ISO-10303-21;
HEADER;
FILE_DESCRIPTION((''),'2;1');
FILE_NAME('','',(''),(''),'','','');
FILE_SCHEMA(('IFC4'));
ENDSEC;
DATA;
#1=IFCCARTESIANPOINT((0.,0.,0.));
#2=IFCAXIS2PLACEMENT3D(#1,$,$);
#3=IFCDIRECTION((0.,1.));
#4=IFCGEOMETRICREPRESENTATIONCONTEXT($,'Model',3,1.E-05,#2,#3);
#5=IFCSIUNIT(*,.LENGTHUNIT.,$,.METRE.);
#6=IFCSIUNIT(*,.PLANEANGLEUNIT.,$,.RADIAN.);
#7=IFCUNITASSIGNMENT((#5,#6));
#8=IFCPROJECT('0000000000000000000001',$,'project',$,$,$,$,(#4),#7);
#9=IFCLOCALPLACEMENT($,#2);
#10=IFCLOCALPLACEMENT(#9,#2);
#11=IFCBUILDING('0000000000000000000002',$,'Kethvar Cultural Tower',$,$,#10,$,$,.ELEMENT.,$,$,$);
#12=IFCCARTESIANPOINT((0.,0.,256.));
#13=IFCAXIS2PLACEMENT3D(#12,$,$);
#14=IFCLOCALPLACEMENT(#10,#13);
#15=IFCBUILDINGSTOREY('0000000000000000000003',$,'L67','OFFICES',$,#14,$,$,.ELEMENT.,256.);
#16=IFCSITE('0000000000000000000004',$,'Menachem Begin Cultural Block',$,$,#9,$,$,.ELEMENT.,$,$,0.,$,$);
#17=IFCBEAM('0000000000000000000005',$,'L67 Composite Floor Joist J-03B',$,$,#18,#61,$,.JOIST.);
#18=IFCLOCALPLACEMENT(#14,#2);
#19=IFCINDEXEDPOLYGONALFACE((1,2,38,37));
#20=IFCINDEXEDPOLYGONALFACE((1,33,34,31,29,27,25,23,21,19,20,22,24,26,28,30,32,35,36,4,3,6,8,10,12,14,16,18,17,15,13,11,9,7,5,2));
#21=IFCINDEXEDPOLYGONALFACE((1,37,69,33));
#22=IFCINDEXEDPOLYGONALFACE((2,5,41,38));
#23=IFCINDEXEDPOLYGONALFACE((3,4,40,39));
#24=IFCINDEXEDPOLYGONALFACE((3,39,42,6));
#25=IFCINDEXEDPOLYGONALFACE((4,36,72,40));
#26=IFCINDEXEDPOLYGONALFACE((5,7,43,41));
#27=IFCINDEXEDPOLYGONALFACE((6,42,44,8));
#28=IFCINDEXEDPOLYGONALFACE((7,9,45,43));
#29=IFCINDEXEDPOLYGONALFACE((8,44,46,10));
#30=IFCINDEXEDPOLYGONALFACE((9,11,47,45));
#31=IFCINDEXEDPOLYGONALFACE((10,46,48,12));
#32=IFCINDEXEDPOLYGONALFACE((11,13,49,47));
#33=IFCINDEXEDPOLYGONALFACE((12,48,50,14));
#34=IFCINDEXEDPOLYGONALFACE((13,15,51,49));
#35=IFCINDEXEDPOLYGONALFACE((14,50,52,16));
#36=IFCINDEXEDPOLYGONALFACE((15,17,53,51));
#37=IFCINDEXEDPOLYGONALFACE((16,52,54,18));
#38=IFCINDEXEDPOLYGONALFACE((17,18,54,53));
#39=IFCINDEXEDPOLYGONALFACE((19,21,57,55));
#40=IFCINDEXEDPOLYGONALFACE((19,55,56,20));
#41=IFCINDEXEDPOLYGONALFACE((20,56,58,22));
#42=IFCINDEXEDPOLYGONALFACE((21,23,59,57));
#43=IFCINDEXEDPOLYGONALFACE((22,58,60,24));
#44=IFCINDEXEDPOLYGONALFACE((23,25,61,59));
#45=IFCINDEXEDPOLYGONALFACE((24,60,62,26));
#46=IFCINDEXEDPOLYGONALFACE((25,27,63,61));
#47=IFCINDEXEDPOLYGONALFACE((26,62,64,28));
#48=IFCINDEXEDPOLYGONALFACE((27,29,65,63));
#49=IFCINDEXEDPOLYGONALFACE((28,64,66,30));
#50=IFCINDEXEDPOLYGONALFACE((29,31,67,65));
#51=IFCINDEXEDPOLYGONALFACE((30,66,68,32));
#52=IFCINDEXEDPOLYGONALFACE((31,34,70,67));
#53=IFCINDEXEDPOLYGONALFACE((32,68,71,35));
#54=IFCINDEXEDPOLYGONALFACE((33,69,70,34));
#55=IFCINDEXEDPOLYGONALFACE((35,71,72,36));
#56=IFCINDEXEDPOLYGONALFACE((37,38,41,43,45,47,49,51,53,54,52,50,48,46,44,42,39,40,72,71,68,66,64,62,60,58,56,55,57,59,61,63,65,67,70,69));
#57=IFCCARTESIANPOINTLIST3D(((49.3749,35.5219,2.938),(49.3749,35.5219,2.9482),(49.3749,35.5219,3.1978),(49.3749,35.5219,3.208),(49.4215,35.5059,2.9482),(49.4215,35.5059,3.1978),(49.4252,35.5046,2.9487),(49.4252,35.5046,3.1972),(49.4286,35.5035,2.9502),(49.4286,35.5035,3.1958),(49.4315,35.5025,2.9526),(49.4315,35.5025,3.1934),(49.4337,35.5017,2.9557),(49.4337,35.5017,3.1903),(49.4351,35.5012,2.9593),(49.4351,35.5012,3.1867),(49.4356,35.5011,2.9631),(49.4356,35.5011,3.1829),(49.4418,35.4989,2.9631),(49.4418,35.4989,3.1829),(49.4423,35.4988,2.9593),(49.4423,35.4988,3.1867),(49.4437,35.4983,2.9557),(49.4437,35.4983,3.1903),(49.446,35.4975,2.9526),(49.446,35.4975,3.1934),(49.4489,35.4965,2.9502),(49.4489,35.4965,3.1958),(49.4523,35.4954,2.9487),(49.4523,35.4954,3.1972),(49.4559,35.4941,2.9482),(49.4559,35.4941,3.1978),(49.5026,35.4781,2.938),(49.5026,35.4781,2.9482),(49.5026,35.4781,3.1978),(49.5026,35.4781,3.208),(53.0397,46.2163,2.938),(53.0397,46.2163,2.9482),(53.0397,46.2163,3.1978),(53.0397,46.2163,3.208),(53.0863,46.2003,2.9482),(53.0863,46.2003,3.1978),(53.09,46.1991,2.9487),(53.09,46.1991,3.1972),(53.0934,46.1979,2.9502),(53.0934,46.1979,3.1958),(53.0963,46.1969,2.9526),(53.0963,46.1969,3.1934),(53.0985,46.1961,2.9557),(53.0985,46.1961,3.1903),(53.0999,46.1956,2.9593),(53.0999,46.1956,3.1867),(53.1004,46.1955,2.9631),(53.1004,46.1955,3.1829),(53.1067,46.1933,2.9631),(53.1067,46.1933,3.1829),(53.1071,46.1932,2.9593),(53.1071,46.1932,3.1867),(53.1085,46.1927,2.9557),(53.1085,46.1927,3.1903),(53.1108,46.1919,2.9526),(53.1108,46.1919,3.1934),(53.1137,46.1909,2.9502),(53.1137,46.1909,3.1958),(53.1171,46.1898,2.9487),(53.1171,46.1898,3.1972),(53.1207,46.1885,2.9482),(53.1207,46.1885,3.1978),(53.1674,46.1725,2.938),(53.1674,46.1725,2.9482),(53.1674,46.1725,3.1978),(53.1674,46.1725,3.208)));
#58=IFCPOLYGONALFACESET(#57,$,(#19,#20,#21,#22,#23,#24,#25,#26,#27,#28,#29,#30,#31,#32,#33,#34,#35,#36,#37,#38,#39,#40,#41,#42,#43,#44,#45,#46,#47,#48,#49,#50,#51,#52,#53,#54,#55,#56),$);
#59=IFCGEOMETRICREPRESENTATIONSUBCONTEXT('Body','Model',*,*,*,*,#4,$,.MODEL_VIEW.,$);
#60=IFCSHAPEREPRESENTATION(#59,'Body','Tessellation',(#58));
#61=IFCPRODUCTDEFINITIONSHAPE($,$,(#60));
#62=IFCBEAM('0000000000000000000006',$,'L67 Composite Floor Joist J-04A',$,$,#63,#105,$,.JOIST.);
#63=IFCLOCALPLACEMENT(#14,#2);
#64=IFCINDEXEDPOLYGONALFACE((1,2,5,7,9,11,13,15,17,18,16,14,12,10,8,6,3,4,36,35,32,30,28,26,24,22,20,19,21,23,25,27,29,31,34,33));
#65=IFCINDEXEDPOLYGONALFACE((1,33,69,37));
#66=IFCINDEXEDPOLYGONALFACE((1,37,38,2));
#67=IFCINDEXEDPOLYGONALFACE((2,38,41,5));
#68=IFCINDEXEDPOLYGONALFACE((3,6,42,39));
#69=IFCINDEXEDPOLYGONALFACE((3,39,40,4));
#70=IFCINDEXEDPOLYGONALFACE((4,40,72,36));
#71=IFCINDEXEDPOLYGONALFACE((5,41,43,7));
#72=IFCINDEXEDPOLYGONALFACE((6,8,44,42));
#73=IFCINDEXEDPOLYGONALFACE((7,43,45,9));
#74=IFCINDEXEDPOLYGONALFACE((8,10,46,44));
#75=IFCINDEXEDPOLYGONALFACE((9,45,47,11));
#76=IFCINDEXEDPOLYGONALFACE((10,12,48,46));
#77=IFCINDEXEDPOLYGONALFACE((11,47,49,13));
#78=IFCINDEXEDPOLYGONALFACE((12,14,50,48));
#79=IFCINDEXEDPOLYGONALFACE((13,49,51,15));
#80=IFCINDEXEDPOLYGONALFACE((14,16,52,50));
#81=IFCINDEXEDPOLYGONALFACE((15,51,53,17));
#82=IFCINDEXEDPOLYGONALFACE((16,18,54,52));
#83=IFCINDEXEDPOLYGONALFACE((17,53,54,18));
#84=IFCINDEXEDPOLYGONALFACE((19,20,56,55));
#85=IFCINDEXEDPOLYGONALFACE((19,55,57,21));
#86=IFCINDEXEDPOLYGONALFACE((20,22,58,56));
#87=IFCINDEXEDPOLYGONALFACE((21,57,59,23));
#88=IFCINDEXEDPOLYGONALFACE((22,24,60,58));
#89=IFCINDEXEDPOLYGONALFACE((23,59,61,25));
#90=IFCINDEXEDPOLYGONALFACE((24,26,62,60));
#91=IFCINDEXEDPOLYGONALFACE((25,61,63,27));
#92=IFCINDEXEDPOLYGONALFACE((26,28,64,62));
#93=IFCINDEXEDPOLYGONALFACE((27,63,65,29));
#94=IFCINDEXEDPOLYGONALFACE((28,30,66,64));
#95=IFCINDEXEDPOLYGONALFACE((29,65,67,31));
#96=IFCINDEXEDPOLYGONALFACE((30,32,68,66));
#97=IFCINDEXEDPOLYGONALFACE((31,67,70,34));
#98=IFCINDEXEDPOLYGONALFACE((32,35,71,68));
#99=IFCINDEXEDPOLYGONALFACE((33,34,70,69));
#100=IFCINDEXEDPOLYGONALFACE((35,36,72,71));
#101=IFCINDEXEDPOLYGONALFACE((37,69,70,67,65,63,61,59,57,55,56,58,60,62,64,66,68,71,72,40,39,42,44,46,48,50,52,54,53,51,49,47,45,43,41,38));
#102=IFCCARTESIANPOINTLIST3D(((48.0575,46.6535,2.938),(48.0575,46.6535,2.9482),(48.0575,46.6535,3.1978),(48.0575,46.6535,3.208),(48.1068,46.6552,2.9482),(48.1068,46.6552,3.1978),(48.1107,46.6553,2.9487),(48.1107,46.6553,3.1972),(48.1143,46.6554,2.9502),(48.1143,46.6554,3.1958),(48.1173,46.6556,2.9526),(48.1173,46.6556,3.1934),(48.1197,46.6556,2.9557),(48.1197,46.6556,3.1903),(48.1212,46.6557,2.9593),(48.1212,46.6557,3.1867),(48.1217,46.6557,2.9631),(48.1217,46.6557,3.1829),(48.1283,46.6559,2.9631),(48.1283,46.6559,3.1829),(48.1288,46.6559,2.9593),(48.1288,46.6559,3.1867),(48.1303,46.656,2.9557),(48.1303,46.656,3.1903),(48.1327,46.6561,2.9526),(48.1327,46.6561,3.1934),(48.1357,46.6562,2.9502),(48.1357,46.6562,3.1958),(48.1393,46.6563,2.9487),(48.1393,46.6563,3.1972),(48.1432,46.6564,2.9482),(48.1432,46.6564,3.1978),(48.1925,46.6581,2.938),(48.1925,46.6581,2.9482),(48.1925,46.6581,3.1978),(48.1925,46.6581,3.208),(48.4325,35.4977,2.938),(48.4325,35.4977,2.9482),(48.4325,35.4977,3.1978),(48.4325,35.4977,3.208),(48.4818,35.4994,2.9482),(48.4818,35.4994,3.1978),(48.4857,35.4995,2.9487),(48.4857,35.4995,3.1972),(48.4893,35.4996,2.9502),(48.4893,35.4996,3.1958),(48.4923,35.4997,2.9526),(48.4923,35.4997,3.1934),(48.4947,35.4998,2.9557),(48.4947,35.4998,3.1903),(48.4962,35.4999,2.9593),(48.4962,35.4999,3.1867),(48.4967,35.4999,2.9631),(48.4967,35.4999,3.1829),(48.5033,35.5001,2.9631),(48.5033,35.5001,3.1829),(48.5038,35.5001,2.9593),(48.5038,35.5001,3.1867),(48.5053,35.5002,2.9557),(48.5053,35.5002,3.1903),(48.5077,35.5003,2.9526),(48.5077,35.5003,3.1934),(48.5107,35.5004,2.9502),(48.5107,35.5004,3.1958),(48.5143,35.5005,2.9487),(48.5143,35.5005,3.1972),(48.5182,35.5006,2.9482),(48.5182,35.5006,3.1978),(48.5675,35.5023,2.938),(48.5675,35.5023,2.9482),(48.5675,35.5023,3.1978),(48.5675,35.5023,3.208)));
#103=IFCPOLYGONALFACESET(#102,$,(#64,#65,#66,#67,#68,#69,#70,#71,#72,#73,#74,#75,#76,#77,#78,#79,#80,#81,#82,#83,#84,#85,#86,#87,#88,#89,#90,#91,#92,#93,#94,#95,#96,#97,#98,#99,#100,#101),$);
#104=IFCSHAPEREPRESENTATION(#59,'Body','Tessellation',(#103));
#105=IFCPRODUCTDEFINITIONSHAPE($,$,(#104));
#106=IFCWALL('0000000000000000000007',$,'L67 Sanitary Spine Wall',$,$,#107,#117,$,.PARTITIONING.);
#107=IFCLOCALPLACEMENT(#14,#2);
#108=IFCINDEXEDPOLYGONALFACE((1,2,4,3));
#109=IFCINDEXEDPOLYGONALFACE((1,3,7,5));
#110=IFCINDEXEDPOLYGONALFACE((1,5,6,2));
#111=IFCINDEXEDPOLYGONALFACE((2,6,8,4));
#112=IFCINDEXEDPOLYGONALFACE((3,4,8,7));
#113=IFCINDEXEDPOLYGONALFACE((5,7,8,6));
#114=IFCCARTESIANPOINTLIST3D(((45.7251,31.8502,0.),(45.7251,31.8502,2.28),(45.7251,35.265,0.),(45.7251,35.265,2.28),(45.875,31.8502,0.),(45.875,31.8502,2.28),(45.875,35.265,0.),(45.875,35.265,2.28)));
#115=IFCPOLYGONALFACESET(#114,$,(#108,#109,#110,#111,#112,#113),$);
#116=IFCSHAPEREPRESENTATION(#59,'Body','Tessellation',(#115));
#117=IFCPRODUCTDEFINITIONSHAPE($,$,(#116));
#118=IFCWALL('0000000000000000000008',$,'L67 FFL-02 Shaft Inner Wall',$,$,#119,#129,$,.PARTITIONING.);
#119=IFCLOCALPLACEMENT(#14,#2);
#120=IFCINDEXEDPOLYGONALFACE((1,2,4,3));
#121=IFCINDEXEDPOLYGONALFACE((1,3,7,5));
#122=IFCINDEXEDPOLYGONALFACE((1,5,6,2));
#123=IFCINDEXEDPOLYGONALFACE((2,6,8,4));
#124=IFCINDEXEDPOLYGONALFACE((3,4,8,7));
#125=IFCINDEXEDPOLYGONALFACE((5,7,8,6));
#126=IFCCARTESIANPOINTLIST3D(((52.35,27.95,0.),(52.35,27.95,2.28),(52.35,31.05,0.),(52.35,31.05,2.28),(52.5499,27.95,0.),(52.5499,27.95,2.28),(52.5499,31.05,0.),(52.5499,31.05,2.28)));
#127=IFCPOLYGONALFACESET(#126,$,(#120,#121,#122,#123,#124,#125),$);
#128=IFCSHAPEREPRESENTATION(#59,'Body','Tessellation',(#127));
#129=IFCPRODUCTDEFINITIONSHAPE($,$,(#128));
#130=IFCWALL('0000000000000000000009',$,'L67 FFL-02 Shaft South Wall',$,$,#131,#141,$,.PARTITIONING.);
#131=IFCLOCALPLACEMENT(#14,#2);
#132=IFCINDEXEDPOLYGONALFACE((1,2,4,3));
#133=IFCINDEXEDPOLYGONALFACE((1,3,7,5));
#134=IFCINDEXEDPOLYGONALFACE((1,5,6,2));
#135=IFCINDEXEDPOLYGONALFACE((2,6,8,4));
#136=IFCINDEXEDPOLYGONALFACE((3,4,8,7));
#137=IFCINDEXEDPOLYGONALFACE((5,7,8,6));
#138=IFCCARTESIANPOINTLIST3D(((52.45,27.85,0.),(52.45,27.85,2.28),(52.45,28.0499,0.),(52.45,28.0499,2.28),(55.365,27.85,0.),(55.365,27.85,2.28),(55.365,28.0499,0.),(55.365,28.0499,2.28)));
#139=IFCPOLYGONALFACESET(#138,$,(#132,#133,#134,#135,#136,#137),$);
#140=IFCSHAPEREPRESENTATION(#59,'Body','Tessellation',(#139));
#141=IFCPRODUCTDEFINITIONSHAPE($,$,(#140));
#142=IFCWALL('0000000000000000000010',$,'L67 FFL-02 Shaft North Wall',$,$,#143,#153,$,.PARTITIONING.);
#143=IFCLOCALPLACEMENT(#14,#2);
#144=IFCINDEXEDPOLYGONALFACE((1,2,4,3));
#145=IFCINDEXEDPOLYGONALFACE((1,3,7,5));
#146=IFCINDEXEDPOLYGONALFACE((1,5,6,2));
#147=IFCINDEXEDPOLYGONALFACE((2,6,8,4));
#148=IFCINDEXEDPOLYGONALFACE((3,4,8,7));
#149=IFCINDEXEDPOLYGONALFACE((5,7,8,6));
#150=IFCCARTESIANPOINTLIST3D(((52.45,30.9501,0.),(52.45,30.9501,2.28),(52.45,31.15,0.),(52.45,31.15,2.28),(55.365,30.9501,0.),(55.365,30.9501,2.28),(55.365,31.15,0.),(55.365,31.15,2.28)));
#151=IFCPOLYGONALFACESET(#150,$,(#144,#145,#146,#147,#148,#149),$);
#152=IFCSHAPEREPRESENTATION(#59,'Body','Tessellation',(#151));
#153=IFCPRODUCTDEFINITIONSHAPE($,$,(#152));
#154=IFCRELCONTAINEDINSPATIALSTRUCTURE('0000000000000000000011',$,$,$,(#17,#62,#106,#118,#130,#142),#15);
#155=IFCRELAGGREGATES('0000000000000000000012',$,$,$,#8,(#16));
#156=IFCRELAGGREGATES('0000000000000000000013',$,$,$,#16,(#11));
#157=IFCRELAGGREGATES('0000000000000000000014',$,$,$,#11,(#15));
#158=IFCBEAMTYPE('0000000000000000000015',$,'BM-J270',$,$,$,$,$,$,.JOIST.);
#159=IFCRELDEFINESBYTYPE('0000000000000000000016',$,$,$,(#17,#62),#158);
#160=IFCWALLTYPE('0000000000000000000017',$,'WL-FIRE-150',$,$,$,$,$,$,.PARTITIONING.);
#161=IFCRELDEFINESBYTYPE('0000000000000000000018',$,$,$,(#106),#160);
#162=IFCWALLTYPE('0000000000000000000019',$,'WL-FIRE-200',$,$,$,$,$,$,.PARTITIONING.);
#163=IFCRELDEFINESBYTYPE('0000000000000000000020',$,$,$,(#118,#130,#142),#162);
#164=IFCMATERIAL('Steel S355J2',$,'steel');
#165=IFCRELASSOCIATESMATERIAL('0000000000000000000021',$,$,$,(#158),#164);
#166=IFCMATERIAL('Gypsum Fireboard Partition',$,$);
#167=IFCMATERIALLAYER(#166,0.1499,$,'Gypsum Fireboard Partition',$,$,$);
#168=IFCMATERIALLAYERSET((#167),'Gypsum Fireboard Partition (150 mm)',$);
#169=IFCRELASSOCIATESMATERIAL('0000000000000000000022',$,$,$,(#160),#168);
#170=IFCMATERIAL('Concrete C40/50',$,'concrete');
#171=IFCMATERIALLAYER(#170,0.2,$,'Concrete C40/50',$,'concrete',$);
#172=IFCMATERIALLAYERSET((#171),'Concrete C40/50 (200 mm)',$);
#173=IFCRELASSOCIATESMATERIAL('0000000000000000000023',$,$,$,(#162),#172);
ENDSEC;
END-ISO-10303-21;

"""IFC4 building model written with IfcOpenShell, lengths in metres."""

from ifc_helpers import new_model, si_unit, direction, frame, frame_2d, origin, origin_2d, place, context, subcontext, project, spatial, rectangle, i_section, extrude, source, transform, mapped, material, layer, layer_set, material_profile, profile_set, type_object, element, save


model = new_model("IFC4")

# Units and contexts
model_context = context("Model", 3, precision=1e-05, world=origin(), true_north=direction((0.0, 1.0)))
body_context = subcontext(model_context, "Body", "Model", "MODEL_VIEW")
ifc_project = project(units=[si_unit("LENGTHUNIT", "METRE"), si_unit("PLANEANGLEUNIT", "RADIAN")], contexts=[model_context])

# Site, building, storey
site_placement = place(None, origin())
site = spatial("IfcSite", under=ifc_project, at=site_placement, Name="Menachem Begin Cultural Block", CompositionType="ELEMENT", RefElevation=0.0)
building_placement = place(site_placement, origin())
building = spatial("IfcBuilding", under=site, at=building_placement, Name="Kethvar Cultural Tower", CompositionType="ELEMENT")
storey_placement = place(building_placement, frame((0.0, 0.0, 256.0)))
storey = spatial("IfcBuildingStorey", under=building, at=storey_placement, Name="L67", Description="OFFICES", CompositionType="ELEMENT", Elevation=256.0)

# Beams
ifc_material_1 = material(Name="Steel S355J2", Category="steel")
ifc_material_profile_1 = material_profile(ifc_material_1, i_section(OverallWidth=0.135, OverallDepth=0.27, WebThickness=0.0066, FlangeThickness=0.0103, FilletRadius=0.0149, at=origin_2d()), Name="Steel S355J2 — IPE270")
ifc_profile_set_1 = profile_set([ifc_material_profile_1], Name="Steel S355J2 — IPE270")
beam_type_1 = type_object("IfcBeamType", Name="BM-J270", PredefinedType="JOIST", material=ifc_profile_set_1)
shared_shape_1 = source(origin(), body_context, "Body", "SweptSolid", [
    extrude(i_section(OverallWidth=0.135, OverallDepth=0.27, WebThickness=0.0066, FlangeThickness=0.0103, FilletRadius=0.0149, at=origin_2d()), origin(), (0.0, 0.0, 1.0), 11.3049),
])
beam_1_placement = place(storey_placement, frame((49.4387, 35.5, 3.073), z_axis=(0.324179, 0.945996, 0.0), x_axis=(-0.945996, 0.324179, 0.0)))
element("IfcBeam", 1, at=beam_1_placement, inside=storey, type_object=beam_type_1, Name="L67 Composite Floor Joist J-03B", PredefinedType="JOIST", context=body_context, shape_type="MappedRepresentation", body=[
    mapped(shared_shape_1, transform((0.0, 0.0, 0.0), scale=1.0)),
])
shared_shape_2 = source(origin(), body_context, "Body", "SweptSolid", [
    extrude(i_section(OverallWidth=0.135, OverallDepth=0.27, WebThickness=0.0066, FlangeThickness=0.0103, FilletRadius=0.0149, at=origin_2d()), origin(), (0.0, 0.0, 1.0), 11.1621),
])
beam_2_placement = place(storey_placement, frame((48.5, 35.5, 3.073), z_axis=(-0.033596, 0.999435, 0.0), x_axis=(-0.999435, -0.033596, 0.0)))
element("IfcBeam", 2, at=beam_2_placement, inside=storey, type_object=beam_type_1, Name="L67 Composite Floor Joist J-04A", PredefinedType="JOIST", context=body_context, shape_type="MappedRepresentation", body=[
    mapped(shared_shape_2, transform((0.0, 0.0, 0.0), scale=1.0)),
])

# Walls
ifc_material_2 = material(Name="Gypsum Fireboard Partition")
ifc_layer_1 = layer(ifc_material_2, 0.1499, Name="Gypsum Fireboard Partition")
ifc_layer_set_1 = layer_set([ifc_layer_1], Name="Gypsum Fireboard Partition (150 mm)")
wall_type_1 = type_object("IfcWallType", Name="WL-FIRE-150", PredefinedType="PARTITIONING", material=ifc_layer_set_1)
wall_1_placement = place(storey_placement, frame((45.8, 31.8501, 0.0), z_axis=(0.0, 0.0, 1.0), x_axis=(0.0, 1.0, 0.0)))
element("IfcWall", 3, at=wall_1_placement, inside=storey, type_object=wall_type_1, Name="L67 Sanitary Spine Wall", PredefinedType="PARTITIONING", context=body_context, shape_type="SweptSolid", body=[
    extrude(rectangle(XDim=3.4148, YDim=0.1499, at=frame_2d((1.7075, 0.0))), origin(), (0.0, 0.0, 1.0), 2.28),
])
ifc_material_3 = material(Name="Concrete C40/50", Category="concrete")
ifc_layer_2 = layer(ifc_material_3, 0.2, Name="Concrete C40/50", Category="concrete")
ifc_layer_set_2 = layer_set([ifc_layer_2], Name="Concrete C40/50 (200 mm)")
wall_type_2 = type_object("IfcWallType", Name="WL-FIRE-200", PredefinedType="PARTITIONING", material=ifc_layer_set_2)
wall_2_placement = place(storey_placement, frame((52.45, 27.95, 0.0), z_axis=(0.0, 0.0, 1.0), x_axis=(0.0, 1.0, 0.0)))
element("IfcWall", 4, at=wall_2_placement, inside=storey, type_object=wall_type_2, Name="L67 FFL-02 Shaft Inner Wall", PredefinedType="PARTITIONING", context=body_context, shape_type="SweptSolid", body=[
    extrude(rectangle(XDim=3.1001, YDim=0.2, at=frame_2d((1.55, 0.0))), origin(), (0.0, 0.0, 1.0), 2.28),
])
for number, where, z_axis, x_axis, name in (
    (5, (52.45, 27.95, 0.0), (0.0, 0.0, 1.0), (1.0, 0.0, 0.0), "L67 FFL-02 Shaft South Wall"),
    (6, (52.45, 31.05, 0.0), (0.0, 0.0, 1.0), (1.0, 0.0, 0.0), "L67 FFL-02 Shaft North Wall"),
):
    element("IfcWall", number, at=place(storey_placement, frame(where, z_axis=z_axis, x_axis=x_axis)), inside=storey, type_object=wall_type_2, Name=name, PredefinedType="PARTITIONING", context=body_context, shape_type="SweptSolid", body=[
        extrude(rectangle(XDim=2.915, YDim=0.2, at=frame_2d((1.4575, 0.0))), origin(), (0.0, 0.0, 1.0), 2.28),
    ])

save(model, "model.ifc")
